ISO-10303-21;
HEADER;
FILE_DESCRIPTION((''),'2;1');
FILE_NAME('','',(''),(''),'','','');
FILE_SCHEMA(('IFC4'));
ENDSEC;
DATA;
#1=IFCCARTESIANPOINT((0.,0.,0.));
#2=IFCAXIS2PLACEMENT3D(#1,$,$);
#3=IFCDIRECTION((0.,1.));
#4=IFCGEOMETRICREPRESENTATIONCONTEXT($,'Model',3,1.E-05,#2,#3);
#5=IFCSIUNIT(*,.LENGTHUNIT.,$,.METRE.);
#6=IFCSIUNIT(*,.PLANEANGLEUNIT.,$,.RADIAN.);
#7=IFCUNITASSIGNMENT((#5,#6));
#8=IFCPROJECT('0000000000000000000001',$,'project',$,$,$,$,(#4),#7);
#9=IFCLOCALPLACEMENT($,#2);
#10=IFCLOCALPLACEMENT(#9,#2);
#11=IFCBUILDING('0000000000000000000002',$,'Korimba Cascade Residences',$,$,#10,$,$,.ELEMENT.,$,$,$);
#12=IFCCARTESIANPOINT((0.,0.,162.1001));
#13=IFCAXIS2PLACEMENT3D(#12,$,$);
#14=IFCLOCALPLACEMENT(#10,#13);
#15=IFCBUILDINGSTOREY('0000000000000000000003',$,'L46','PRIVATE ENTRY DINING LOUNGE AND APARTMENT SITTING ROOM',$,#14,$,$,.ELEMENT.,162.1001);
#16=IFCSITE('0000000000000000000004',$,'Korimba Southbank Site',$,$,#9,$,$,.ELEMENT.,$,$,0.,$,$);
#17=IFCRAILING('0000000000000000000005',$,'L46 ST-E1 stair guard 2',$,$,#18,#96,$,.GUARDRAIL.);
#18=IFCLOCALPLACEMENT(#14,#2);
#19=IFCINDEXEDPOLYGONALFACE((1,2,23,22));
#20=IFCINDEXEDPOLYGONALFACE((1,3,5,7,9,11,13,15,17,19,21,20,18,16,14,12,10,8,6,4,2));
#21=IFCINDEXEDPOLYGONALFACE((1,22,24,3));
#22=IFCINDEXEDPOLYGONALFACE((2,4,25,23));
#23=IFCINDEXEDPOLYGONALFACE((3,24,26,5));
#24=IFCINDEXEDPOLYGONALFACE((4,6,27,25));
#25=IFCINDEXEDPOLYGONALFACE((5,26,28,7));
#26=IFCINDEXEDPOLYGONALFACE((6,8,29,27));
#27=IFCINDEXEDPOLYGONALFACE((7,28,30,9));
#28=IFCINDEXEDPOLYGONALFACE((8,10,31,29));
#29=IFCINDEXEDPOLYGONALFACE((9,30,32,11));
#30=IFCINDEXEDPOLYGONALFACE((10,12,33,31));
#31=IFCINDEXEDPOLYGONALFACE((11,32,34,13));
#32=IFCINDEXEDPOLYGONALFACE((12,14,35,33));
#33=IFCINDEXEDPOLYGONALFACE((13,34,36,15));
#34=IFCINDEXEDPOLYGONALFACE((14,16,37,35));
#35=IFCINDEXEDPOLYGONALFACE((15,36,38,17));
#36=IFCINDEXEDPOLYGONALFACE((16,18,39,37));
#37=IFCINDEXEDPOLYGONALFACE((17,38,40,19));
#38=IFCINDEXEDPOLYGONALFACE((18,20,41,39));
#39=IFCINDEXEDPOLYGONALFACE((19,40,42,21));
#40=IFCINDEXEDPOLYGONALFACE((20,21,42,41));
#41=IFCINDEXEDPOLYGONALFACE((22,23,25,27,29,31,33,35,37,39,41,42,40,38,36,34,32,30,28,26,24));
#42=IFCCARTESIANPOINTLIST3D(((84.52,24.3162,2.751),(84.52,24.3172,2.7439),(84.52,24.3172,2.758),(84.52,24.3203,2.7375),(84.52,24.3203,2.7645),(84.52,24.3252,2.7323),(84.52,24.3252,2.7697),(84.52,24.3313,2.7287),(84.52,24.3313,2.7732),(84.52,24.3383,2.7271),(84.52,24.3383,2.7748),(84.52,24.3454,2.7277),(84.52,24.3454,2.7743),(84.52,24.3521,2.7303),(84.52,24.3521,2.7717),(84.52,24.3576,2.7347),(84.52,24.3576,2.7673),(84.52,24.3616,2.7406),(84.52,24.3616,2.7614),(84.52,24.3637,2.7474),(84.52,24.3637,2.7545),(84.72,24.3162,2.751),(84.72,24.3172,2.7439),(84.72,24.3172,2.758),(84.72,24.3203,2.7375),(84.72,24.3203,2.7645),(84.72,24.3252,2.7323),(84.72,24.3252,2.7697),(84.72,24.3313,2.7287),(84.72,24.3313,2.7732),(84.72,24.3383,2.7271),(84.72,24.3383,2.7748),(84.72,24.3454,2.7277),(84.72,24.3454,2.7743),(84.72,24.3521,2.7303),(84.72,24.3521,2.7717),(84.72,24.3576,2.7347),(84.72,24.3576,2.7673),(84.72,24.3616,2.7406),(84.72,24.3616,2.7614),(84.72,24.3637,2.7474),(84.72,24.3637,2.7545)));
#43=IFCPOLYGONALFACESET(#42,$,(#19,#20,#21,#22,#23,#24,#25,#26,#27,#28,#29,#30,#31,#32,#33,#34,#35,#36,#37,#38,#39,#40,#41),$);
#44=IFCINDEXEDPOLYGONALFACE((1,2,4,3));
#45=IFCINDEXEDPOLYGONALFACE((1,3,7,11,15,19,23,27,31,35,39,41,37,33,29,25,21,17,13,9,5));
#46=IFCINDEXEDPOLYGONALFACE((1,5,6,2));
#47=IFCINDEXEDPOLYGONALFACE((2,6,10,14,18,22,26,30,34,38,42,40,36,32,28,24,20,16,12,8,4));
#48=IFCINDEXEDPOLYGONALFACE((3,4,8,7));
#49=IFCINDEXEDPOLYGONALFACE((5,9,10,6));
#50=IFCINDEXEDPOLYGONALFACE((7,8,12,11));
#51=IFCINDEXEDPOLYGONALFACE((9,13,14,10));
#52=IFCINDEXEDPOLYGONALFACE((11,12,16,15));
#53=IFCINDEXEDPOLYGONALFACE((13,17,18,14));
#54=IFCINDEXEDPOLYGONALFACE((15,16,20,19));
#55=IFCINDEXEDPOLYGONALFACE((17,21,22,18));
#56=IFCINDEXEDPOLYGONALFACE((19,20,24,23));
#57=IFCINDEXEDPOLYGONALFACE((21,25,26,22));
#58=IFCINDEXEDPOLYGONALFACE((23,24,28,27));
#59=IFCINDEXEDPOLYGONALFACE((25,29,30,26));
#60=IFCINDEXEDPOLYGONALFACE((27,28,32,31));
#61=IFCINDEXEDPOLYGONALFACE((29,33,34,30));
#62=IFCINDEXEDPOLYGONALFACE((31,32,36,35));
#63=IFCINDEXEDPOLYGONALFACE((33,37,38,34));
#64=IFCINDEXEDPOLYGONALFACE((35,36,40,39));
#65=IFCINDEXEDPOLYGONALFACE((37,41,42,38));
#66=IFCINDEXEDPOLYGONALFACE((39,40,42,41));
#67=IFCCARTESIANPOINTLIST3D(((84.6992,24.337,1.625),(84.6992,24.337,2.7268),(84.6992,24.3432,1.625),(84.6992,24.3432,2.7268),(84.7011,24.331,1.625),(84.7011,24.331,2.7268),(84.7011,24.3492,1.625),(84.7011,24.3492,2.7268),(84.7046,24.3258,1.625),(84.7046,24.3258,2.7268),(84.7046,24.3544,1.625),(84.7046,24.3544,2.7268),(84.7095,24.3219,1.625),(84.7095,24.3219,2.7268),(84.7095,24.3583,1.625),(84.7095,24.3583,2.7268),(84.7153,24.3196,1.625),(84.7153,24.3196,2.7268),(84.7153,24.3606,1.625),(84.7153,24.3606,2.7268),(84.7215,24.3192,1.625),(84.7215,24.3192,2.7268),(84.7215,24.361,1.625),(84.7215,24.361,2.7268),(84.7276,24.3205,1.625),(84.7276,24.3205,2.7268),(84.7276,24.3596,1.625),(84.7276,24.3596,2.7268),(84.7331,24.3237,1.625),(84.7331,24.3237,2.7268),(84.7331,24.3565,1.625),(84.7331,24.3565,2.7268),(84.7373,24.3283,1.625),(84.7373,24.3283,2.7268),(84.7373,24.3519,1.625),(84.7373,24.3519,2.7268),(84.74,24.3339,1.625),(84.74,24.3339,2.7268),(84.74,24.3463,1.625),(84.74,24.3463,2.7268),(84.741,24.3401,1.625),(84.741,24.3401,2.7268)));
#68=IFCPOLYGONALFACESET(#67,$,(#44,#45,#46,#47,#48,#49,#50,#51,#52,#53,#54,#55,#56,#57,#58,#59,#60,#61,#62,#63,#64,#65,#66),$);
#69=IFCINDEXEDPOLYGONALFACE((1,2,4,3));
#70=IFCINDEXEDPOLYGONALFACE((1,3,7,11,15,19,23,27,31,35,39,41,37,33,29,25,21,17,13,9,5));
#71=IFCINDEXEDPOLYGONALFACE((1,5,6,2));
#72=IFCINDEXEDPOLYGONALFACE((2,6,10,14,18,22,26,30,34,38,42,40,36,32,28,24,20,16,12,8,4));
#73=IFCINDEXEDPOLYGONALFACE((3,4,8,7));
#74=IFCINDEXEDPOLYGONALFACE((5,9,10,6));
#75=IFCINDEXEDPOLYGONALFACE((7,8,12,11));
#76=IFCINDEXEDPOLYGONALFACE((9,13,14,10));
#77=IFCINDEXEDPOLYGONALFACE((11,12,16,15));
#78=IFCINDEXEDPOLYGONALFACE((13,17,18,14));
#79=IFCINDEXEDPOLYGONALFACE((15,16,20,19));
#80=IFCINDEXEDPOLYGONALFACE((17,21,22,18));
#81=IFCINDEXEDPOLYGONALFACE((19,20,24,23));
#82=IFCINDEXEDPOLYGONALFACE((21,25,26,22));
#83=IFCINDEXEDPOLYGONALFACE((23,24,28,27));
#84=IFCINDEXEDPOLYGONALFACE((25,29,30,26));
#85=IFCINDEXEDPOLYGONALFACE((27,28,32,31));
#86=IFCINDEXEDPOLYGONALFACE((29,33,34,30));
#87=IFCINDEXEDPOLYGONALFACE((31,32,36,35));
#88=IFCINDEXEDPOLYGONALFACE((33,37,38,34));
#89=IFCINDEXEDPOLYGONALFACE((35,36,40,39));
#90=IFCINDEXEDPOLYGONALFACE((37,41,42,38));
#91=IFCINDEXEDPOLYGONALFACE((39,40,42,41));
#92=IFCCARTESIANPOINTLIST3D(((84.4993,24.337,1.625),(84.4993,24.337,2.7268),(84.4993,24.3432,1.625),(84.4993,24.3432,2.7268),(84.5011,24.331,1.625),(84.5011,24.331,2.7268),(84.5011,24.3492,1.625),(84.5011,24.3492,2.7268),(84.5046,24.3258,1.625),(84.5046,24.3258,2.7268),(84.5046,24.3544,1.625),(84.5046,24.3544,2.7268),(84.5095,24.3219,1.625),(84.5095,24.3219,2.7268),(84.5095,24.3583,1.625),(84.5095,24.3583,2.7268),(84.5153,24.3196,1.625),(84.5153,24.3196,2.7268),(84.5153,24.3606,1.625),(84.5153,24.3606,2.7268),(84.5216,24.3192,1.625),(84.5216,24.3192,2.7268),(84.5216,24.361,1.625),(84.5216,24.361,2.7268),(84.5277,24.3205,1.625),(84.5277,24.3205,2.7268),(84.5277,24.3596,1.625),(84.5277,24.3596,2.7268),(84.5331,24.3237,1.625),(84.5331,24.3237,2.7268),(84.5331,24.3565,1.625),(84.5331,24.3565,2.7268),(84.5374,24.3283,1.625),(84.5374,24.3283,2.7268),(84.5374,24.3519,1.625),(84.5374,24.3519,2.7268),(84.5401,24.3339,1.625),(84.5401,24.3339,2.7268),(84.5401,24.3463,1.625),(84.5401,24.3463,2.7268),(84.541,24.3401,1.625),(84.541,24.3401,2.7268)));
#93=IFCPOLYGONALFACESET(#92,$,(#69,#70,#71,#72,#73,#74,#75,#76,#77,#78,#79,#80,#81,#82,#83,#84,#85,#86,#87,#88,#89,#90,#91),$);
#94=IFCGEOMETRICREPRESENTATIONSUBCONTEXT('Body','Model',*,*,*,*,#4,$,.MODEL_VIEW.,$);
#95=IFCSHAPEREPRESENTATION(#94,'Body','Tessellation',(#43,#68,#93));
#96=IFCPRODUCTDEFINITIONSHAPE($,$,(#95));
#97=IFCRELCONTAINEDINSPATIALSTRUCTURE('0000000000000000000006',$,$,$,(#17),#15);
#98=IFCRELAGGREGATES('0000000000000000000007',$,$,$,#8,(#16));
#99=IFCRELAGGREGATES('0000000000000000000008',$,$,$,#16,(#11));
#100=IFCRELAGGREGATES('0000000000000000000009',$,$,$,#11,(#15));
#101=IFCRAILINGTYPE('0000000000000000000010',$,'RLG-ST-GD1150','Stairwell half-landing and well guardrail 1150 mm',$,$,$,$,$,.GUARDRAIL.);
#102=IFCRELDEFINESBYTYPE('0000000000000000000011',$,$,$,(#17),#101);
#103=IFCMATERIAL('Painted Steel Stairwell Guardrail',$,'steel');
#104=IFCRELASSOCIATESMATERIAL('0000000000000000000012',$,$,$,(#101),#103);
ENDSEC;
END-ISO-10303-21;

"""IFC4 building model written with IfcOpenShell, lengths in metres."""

from ifc_helpers import new_model, si_unit, direction, frame, origin, origin_2d, place, context, subcontext, project, spatial, circle, extrude, material, type_object, element, save


model = new_model("IFC4")

# Units and contexts
model_context = context("Model", 3, precision=1e-05, world=origin(), true_north=direction((0.0, 1.0)))
body_context = subcontext(model_context, "Body", "Model", "MODEL_VIEW")
ifc_project = project(units=[si_unit("LENGTHUNIT", "METRE"), si_unit("PLANEANGLEUNIT", "RADIAN")], contexts=[model_context])

# Site, building, storey
site_placement = place(None, origin())
site = spatial("IfcSite", under=ifc_project, at=site_placement, Name="Korimba Southbank Site", CompositionType="ELEMENT", RefElevation=0.0)
building_placement = place(site_placement, origin())
building = spatial("IfcBuilding", under=site, at=building_placement, Name="Korimba Cascade Residences", CompositionType="ELEMENT")
storey_placement = place(building_placement, frame((0.0, 0.0, 162.1001)))
storey = spatial("IfcBuildingStorey", under=building, at=storey_placement, Name="L46", Description="PRIVATE ENTRY DINING LOUNGE AND APARTMENT SITTING ROOM", CompositionType="ELEMENT", Elevation=162.1001)

# Railing
ifc_material_1 = material(Name="Painted Steel Stairwell Guardrail", Category="steel")
railing_type_1 = type_object("IfcRailingType", Name="RLG-ST-GD1150", Description="Stairwell half-landing and well guardrail 1150 mm", PredefinedType="GUARDRAIL", material=ifc_material_1)
railing_1_placement = place(storey_placement, frame((84.72, 24.3401, 1.625)))
element("IfcRailing", 1, at=railing_1_placement, inside=storey, type_object=railing_type_1, Name="L46 ST-E1 stair guard 2", PredefinedType="GUARDRAIL", context=body_context, shape_type="SweptSolid", body=[
    extrude(circle(Radius=0.0239, at=origin_2d()), frame((0.0, 0.0, 1.126), z_axis=(-1.0, 0.0, 0.0), x_axis=(0.0, -1.0, 0.0)), (0.0, 0.0, 1.0), 0.2),
    extrude(circle(Radius=0.021, at=origin_2d()), origin(), (0.0, 0.0, 1.0), 1.1018),
    extrude(circle(Radius=0.021, at=origin_2d()), frame((-0.2, 0.0, 0.0)), (0.0, 0.0, 1.0), 1.1018),
])

save(model, "model.ifc")
